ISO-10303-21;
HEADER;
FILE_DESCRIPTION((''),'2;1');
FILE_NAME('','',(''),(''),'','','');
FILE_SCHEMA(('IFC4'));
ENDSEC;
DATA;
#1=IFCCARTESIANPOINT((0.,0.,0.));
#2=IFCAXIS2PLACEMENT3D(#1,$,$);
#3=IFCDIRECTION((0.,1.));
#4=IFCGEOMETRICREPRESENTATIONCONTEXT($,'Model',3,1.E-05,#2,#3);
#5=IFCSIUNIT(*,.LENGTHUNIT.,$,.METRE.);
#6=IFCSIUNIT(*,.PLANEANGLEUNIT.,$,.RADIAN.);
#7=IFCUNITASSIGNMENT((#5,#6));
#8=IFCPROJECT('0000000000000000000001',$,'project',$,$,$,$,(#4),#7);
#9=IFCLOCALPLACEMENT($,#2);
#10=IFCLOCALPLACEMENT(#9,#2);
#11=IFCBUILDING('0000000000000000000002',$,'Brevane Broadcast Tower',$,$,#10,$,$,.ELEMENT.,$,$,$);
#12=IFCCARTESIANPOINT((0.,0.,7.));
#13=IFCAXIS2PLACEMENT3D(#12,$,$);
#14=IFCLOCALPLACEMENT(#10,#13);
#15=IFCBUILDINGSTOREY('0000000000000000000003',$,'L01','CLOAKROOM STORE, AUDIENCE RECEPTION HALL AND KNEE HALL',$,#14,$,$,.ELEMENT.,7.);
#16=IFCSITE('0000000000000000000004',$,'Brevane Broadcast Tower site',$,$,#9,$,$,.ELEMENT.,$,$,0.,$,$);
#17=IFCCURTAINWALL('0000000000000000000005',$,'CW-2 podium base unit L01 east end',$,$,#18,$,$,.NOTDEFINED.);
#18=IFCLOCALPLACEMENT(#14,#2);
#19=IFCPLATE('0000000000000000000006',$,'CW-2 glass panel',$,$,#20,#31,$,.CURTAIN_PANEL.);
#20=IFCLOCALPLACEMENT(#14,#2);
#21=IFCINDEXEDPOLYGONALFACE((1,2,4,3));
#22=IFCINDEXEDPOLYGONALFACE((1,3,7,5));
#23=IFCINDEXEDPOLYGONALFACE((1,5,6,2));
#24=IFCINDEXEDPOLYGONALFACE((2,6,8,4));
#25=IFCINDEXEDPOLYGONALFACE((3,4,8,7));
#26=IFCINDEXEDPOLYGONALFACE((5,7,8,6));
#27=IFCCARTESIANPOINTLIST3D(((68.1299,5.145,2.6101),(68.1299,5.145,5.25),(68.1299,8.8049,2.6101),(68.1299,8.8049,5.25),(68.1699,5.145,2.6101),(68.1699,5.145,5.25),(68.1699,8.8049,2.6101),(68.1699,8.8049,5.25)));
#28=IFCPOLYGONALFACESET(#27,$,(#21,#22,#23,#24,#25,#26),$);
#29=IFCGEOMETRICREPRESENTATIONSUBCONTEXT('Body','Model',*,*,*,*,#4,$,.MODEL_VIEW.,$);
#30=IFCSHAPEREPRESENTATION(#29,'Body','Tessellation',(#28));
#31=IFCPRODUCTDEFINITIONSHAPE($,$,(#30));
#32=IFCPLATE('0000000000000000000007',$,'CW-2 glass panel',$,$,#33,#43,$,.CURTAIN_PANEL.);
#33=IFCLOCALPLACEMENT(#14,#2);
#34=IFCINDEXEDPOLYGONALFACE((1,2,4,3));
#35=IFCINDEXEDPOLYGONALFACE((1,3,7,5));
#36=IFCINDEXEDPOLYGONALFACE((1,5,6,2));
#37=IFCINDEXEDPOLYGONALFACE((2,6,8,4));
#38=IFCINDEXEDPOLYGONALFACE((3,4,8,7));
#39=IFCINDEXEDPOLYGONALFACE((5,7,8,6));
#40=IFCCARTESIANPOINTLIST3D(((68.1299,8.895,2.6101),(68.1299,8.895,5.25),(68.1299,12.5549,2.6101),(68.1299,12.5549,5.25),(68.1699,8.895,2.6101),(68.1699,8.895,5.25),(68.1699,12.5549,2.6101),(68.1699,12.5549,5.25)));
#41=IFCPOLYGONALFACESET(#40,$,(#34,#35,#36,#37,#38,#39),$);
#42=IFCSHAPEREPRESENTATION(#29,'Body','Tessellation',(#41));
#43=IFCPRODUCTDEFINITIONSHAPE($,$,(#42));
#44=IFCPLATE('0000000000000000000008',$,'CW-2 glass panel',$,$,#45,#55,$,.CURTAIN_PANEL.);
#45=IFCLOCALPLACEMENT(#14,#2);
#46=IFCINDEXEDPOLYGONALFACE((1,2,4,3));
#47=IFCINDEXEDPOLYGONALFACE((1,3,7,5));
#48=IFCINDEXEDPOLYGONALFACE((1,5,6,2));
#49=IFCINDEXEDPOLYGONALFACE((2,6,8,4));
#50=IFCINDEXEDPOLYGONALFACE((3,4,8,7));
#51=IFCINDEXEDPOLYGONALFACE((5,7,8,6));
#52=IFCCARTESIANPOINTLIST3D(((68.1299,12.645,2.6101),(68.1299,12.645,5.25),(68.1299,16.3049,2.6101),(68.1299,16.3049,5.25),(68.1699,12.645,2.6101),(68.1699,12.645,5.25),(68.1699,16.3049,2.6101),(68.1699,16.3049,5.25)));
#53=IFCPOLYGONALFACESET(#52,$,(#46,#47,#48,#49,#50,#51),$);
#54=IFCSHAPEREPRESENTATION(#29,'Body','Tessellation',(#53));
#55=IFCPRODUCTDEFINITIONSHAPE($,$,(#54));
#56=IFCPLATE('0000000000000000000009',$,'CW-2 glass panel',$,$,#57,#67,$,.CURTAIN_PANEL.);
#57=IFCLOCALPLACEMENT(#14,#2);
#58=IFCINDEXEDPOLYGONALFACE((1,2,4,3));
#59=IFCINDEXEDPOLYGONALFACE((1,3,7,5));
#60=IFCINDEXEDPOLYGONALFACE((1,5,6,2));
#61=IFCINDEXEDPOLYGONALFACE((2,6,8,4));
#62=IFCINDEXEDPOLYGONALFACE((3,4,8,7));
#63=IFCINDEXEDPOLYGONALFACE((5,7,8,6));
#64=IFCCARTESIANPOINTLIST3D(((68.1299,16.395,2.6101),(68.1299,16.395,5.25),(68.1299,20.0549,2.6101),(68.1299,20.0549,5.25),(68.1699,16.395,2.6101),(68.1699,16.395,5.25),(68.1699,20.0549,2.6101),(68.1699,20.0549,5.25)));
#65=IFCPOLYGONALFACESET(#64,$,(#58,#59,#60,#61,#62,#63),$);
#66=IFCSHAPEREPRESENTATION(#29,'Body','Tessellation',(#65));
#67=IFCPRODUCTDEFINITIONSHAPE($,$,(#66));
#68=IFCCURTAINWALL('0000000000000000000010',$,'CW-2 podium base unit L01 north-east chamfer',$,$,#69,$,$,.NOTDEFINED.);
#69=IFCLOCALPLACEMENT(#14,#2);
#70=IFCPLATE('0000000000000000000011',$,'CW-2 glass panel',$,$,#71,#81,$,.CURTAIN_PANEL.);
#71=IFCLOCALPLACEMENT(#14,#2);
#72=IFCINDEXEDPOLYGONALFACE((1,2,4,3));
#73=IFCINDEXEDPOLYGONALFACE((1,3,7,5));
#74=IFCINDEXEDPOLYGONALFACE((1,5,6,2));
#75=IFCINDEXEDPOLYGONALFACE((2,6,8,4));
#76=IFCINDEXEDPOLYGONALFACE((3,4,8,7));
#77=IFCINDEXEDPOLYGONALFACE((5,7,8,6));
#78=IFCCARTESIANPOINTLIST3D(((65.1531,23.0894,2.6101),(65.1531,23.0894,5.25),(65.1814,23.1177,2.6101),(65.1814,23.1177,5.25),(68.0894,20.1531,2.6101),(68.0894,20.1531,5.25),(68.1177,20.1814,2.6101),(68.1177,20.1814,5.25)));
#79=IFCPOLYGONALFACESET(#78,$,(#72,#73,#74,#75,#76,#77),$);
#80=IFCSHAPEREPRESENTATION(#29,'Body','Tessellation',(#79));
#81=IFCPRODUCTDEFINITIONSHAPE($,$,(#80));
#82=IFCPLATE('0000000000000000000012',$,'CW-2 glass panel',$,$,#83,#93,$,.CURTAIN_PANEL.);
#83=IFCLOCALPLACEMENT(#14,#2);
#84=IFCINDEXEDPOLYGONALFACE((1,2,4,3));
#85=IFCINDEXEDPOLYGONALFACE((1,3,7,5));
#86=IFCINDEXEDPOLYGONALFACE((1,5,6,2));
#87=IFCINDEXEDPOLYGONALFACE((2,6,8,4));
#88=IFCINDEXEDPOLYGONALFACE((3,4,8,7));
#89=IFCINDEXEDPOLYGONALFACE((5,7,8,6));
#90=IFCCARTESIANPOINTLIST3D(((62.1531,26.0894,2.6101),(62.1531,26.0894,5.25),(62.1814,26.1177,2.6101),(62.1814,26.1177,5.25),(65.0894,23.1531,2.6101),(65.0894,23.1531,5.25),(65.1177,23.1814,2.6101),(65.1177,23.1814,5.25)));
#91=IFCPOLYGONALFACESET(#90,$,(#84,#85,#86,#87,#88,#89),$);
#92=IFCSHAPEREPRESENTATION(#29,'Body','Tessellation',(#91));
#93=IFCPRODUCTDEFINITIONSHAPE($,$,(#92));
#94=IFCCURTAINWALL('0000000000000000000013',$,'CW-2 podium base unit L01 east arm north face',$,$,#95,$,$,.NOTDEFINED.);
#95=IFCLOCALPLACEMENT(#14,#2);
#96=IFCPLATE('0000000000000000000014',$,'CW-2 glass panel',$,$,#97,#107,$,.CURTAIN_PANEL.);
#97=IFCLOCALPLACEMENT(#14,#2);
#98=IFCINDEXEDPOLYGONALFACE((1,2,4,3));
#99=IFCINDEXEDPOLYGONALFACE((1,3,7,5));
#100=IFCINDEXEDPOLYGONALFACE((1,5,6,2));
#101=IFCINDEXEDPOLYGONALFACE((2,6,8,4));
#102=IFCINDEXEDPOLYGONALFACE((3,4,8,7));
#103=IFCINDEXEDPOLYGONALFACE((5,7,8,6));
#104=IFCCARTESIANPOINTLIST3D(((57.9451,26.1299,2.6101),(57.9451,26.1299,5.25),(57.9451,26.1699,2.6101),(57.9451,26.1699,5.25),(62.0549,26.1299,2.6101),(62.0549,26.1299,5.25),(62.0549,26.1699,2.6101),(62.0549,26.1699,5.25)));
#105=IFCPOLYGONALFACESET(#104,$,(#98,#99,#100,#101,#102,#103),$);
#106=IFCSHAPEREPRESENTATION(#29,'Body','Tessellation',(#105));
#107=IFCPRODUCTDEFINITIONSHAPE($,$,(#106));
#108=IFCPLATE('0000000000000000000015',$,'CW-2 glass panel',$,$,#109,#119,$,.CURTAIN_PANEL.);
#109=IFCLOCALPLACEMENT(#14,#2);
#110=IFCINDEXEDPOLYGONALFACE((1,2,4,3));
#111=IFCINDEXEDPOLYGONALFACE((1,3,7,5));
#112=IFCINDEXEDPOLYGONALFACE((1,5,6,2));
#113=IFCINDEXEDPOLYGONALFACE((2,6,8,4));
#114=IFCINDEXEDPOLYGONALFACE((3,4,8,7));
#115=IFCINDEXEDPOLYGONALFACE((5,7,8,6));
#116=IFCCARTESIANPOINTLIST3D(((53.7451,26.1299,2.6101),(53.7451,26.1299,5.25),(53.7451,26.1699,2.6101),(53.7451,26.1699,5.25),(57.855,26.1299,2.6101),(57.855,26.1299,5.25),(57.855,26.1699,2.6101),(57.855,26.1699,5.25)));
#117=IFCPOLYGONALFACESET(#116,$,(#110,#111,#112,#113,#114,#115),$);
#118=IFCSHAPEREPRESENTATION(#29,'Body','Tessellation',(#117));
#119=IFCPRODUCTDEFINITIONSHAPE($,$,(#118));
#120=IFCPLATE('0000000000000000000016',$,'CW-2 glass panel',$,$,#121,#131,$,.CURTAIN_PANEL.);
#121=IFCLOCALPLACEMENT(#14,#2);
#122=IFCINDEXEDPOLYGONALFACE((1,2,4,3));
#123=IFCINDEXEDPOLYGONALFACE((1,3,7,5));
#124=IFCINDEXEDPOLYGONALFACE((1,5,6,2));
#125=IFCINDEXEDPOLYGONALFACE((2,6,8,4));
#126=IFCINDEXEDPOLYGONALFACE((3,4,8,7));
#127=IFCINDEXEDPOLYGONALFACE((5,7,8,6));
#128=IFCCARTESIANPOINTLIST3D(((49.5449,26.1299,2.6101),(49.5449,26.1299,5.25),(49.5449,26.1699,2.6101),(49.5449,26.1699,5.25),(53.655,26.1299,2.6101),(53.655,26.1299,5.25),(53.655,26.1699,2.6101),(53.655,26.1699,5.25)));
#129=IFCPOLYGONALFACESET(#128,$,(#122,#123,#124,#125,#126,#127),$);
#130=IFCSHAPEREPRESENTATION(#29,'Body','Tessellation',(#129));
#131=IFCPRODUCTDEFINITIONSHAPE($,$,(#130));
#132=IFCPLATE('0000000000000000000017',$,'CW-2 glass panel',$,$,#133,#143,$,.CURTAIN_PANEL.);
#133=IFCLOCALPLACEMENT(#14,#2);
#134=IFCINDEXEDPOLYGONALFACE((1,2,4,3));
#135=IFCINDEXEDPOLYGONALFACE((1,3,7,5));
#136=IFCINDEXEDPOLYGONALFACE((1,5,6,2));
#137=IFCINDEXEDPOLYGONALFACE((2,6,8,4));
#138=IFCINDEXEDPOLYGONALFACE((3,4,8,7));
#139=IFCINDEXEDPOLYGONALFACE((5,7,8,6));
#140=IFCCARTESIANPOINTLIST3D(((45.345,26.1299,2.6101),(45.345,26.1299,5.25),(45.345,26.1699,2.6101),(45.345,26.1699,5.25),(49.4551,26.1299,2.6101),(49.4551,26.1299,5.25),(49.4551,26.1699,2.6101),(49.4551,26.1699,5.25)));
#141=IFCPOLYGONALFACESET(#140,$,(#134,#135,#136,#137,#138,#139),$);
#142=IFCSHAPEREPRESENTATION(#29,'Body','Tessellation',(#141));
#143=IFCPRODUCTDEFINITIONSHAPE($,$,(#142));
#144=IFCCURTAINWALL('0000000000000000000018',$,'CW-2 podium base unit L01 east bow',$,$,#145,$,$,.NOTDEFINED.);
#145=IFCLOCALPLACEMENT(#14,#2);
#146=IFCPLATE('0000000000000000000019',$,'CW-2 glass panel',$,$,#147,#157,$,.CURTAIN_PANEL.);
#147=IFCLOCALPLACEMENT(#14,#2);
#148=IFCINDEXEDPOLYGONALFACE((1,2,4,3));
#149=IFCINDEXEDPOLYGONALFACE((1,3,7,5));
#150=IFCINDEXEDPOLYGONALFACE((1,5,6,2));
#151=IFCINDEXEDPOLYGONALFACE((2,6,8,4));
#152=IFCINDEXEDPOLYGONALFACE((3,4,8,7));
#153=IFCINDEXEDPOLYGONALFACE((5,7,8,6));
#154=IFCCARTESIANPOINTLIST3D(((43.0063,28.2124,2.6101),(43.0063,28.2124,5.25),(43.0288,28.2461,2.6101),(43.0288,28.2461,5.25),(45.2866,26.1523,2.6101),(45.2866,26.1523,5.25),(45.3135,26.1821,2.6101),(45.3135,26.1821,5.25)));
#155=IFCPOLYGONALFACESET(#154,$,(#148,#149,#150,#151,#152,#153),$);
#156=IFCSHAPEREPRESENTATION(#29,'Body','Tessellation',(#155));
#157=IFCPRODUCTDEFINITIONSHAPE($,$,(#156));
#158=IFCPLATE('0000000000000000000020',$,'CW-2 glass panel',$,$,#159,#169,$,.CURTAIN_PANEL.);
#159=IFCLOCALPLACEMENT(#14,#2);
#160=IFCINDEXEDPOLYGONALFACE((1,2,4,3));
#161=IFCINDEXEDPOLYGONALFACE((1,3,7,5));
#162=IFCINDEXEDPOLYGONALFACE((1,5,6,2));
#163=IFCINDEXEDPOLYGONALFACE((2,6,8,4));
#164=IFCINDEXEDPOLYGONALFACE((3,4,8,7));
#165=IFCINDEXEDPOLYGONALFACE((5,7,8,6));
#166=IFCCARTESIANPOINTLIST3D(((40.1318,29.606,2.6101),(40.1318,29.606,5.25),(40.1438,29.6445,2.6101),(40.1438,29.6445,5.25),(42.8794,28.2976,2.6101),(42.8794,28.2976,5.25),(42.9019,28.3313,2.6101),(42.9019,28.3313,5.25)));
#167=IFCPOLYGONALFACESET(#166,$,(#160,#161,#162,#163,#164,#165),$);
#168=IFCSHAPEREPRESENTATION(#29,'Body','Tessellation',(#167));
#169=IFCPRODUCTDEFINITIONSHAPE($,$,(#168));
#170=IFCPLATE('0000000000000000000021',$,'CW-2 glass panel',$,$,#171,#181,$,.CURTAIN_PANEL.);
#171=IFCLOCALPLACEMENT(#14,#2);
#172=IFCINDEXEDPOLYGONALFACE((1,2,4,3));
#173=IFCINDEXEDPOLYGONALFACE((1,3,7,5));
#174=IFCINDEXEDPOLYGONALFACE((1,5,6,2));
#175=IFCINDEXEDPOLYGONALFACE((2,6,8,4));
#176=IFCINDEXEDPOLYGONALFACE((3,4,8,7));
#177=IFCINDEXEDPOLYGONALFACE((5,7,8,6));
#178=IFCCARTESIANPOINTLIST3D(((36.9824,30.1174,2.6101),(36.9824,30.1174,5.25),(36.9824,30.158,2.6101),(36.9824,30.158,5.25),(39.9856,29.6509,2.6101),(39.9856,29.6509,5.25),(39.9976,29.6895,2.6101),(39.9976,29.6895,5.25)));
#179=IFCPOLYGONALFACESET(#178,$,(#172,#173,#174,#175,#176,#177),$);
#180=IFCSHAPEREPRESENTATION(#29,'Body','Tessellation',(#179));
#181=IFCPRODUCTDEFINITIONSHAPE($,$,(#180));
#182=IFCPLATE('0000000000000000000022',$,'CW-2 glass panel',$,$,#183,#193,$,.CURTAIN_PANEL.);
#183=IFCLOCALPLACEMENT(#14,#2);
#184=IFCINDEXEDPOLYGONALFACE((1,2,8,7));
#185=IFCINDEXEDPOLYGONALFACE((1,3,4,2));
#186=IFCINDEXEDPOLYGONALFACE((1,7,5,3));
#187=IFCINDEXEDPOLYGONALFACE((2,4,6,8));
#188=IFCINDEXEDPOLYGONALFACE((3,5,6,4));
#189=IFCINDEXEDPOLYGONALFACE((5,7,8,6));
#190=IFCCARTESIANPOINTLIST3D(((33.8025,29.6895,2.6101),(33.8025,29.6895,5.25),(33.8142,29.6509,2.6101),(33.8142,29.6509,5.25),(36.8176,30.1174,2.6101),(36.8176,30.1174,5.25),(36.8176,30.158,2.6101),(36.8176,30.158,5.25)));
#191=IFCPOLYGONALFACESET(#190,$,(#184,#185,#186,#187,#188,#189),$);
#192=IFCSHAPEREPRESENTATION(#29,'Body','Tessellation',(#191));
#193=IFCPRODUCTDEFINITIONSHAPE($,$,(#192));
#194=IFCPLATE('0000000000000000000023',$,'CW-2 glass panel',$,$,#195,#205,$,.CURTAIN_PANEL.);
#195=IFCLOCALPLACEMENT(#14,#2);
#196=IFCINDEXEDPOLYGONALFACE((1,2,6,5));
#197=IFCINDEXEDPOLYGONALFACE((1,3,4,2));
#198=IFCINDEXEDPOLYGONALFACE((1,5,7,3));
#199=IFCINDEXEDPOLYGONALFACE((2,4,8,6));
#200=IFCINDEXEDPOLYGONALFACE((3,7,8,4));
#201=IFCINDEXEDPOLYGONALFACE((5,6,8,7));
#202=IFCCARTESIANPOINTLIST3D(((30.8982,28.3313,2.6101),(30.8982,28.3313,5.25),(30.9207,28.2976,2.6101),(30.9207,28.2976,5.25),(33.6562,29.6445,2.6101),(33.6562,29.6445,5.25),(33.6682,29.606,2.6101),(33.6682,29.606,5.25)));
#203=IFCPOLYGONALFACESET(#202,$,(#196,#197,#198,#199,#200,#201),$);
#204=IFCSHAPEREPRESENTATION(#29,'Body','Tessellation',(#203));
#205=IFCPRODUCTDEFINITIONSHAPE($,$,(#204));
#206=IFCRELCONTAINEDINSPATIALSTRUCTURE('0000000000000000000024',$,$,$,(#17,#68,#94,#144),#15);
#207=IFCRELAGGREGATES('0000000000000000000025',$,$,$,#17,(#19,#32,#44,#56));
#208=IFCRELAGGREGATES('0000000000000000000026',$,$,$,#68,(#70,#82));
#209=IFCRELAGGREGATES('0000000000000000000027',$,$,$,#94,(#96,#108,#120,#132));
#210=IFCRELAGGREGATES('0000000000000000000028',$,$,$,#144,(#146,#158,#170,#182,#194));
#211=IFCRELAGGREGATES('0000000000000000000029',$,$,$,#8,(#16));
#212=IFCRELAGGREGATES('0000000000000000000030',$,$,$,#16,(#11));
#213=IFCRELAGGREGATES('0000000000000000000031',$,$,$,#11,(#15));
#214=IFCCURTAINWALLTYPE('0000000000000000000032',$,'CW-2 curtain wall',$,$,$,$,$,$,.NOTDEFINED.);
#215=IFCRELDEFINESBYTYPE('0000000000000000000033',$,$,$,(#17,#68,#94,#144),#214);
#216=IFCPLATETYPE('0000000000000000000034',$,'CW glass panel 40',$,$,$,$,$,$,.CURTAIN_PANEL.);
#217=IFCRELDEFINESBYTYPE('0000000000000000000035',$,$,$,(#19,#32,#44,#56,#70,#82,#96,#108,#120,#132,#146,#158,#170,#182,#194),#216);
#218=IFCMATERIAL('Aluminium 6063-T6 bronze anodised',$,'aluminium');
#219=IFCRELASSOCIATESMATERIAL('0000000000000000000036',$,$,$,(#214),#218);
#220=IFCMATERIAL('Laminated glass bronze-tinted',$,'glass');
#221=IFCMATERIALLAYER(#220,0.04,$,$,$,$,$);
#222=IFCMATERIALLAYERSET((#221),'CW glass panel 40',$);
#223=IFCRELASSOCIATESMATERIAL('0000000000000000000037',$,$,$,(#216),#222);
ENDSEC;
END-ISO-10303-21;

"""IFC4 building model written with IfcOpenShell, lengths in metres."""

from ifc_helpers import new_model, si_unit, direction, frame, origin, place, context, subcontext, project, spatial, polyline, outline, extrude, material, layer, layer_set, type_object, element, aggregate, save


model = new_model("IFC4")

# Units and contexts
model_context = context("Model", 3, precision=1e-05, world=origin(), true_north=direction((0.0, 1.0)))
body_context = subcontext(model_context, "Body", "Model", "MODEL_VIEW")
ifc_project = project(units=[si_unit("LENGTHUNIT", "METRE"), si_unit("PLANEANGLEUNIT", "RADIAN")], contexts=[model_context])

# Site, building, storey
site_placement = place(None, origin())
site = spatial("IfcSite", under=ifc_project, at=site_placement, Name="Brevane Broadcast Tower site", CompositionType="ELEMENT", RefElevation=0.0)
building_placement = place(site_placement, origin())
building = spatial("IfcBuilding", under=site, at=building_placement, Name="Brevane Broadcast Tower", CompositionType="ELEMENT")
storey_placement = place(building_placement, frame((0.0, 0.0, 7.0)))
storey = spatial("IfcBuildingStorey", under=building, at=storey_placement, Name="L01", Description="CLOAKROOM STORE, AUDIENCE RECEPTION HALL AND KNEE HALL", CompositionType="ELEMENT", Elevation=7.0)

# Curtain walls, plates
ifc_material_1 = material(Name="Aluminium 6063-T6 bronze anodised", Category="aluminium")
curtain_wall_type = type_object("IfcCurtainWallType", Name="CW-2 curtain wall", PredefinedType="NOTDEFINED", material=ifc_material_1)
ifc_material_2 = material(Name="Laminated glass bronze-tinted", Category="glass")
ifc_layer = layer(ifc_material_2, 0.04)
ifc_layer_set = layer_set([ifc_layer], Name="CW glass panel 40")
plate_type = type_object("IfcPlateType", Name="CW glass panel 40", PredefinedType="CURTAIN_PANEL", material=ifc_layer_set)
curtain_wall_1_placement = place(storey_placement, origin())
curtain_wall_1 = element("IfcCurtainWall", 1, at=curtain_wall_1_placement, inside=storey, type_object=curtain_wall_type, Name="CW-2 podium base unit L01 east end", PredefinedType="NOTDEFINED")
plate_1_placement = place(storey_placement, frame((0.0, 0.0, 2.6101)))
plate_1 = element("IfcPlate", 2, at=plate_1_placement, type_object=plate_type, Name="CW-2 glass panel", PredefinedType="CURTAIN_PANEL", context=body_context, shape_type="SweptSolid", body=[
    extrude(outline(polyline([(68.1699, 8.8049), (68.1299, 8.8049), (68.1299, 5.145), (68.1699, 5.145), (68.1699, 8.8049)])), origin(), (0.0, 0.0, 1.0), 2.6399),
])
plate_2_placement = place(storey_placement, frame((0.0, 0.0, 2.6101)))
plate_2 = element("IfcPlate", 3, at=plate_2_placement, type_object=plate_type, Name="CW-2 glass panel", PredefinedType="CURTAIN_PANEL", context=body_context, shape_type="SweptSolid", body=[
    extrude(outline(polyline([(68.1699, 12.5549), (68.1299, 12.5549), (68.1299, 8.895), (68.1699, 8.895), (68.1699, 12.5549)])), origin(), (0.0, 0.0, 1.0), 2.6399),
])
plate_3_placement = place(storey_placement, frame((0.0, 0.0, 2.6101)))
plate_3 = element("IfcPlate", 4, at=plate_3_placement, type_object=plate_type, Name="CW-2 glass panel", PredefinedType="CURTAIN_PANEL", context=body_context, shape_type="SweptSolid", body=[
    extrude(outline(polyline([(68.1699, 16.3049), (68.1299, 16.3049), (68.1299, 12.645), (68.1699, 12.645), (68.1699, 16.3049)])), origin(), (0.0, 0.0, 1.0), 2.6399),
])
plate_4_placement = place(storey_placement, frame((0.0, 0.0, 2.6101)))
plate_4 = element("IfcPlate", 5, at=plate_4_placement, type_object=plate_type, Name="CW-2 glass panel", PredefinedType="CURTAIN_PANEL", context=body_context, shape_type="SweptSolid", body=[
    extrude(outline(polyline([(68.1699, 20.0549), (68.1299, 20.0549), (68.1299, 16.395), (68.1699, 16.395), (68.1699, 20.0549)])), origin(), (0.0, 0.0, 1.0), 2.6399),
])
aggregate(curtain_wall_1, [plate_1, plate_2, plate_3, plate_4])
curtain_wall_2_placement = place(storey_placement, origin())
curtain_wall_2 = element("IfcCurtainWall", 6, at=curtain_wall_2_placement, inside=storey, type_object=curtain_wall_type, Name="CW-2 podium base unit L01 north-east chamfer", PredefinedType="NOTDEFINED")
plate_5_placement = place(storey_placement, frame((0.0, 0.0, 2.6101)))
plate_5 = element("IfcPlate", 7, at=plate_5_placement, type_object=plate_type, Name="CW-2 glass panel", PredefinedType="CURTAIN_PANEL", context=body_context, shape_type="SweptSolid", body=[
    extrude(outline(polyline([(68.0894, 20.1531), (65.1531, 23.0894), (65.1814, 23.1177), (68.1177, 20.1814), (68.0894, 20.1531)])), origin(), (0.0, 0.0, 1.0), 2.6399),
])
plate_6_placement = place(storey_placement, frame((0.0, 0.0, 2.6101)))
plate_6 = element("IfcPlate", 8, at=plate_6_placement, type_object=plate_type, Name="CW-2 glass panel", PredefinedType="CURTAIN_PANEL", context=body_context, shape_type="SweptSolid", body=[
    extrude(outline(polyline([(65.0894, 23.1531), (62.1531, 26.0894), (62.1814, 26.1177), (65.1177, 23.1814), (65.0894, 23.1531)])), origin(), (0.0, 0.0, 1.0), 2.6399),
])
aggregate(curtain_wall_2, [plate_5, plate_6])
curtain_wall_3_placement = place(storey_placement, origin())
curtain_wall_3 = element("IfcCurtainWall", 9, at=curtain_wall_3_placement, inside=storey, type_object=curtain_wall_type, Name="CW-2 podium base unit L01 east arm north face", PredefinedType="NOTDEFINED")
plate_7_placement = place(storey_placement, frame((0.0, 0.0, 2.6101)))
plate_7 = element("IfcPlate", 10, at=plate_7_placement, type_object=plate_type, Name="CW-2 glass panel", PredefinedType="CURTAIN_PANEL", context=body_context, shape_type="SweptSolid", body=[
    extrude(outline(polyline([(57.9451, 26.1699), (57.9451, 26.1299), (62.0549, 26.1299), (62.0549, 26.1699), (57.9451, 26.1699)])), origin(), (0.0, 0.0, 1.0), 2.6399),
])
plate_8_placement = place(storey_placement, frame((0.0, 0.0, 2.6101)))
plate_8 = element("IfcPlate", 11, at=plate_8_placement, type_object=plate_type, Name="CW-2 glass panel", PredefinedType="CURTAIN_PANEL", context=body_context, shape_type="SweptSolid", body=[
    extrude(outline(polyline([(53.7451, 26.1699), (53.7451, 26.1299), (57.855, 26.1299), (57.855, 26.1699), (53.7451, 26.1699)])), origin(), (0.0, 0.0, 1.0), 2.6399),
])
plate_9_placement = place(storey_placement, frame((0.0, 0.0, 2.6101)))
plate_9 = element("IfcPlate", 12, at=plate_9_placement, type_object=plate_type, Name="CW-2 glass panel", PredefinedType="CURTAIN_PANEL", context=body_context, shape_type="SweptSolid", body=[
    extrude(outline(polyline([(49.5449, 26.1699), (49.5449, 26.1299), (53.655, 26.1299), (53.655, 26.1699), (49.5449, 26.1699)])), origin(), (0.0, 0.0, 1.0), 2.6399),
])
plate_10_placement = place(storey_placement, frame((0.0, 0.0, 2.6101)))
plate_10 = element("IfcPlate", 13, at=plate_10_placement, type_object=plate_type, Name="CW-2 glass panel", PredefinedType="CURTAIN_PANEL", context=body_context, shape_type="SweptSolid", body=[
    extrude(outline(polyline([(45.345, 26.1699), (45.345, 26.1299), (49.4551, 26.1299), (49.4551, 26.1699), (45.345, 26.1699)])), origin(), (0.0, 0.0, 1.0), 2.6399),
])
aggregate(curtain_wall_3, [plate_7, plate_8, plate_9, plate_10])
curtain_wall_4_placement = place(storey_placement, origin())
curtain_wall_4 = element("IfcCurtainWall", 14, at=curtain_wall_4_placement, inside=storey, type_object=curtain_wall_type, Name="CW-2 podium base unit L01 east bow", PredefinedType="NOTDEFINED")
plate_11_placement = place(storey_placement, frame((0.0, 0.0, 2.6101)))
plate_11 = element("IfcPlate", 15, at=plate_11_placement, type_object=plate_type, Name="CW-2 glass panel", PredefinedType="CURTAIN_PANEL", context=body_context, shape_type="SweptSolid", body=[
    extrude(outline(polyline([(45.2866, 26.1523), (45.3135, 26.1821), (43.0288, 28.2461), (43.0063, 28.2124), (45.2866, 26.1523)])), origin(), (0.0, 0.0, 1.0), 2.6399),
])
plate_12_placement = place(storey_placement, frame((0.0, 0.0, 2.6101)))
plate_12 = element("IfcPlate", 16, at=plate_12_placement, type_object=plate_type, Name="CW-2 glass panel", PredefinedType="CURTAIN_PANEL", context=body_context, shape_type="SweptSolid", body=[
    extrude(outline(polyline([(42.8794, 28.2976), (42.9019, 28.3313), (40.1438, 29.6445), (40.1318, 29.606), (42.8794, 28.2976)])), origin(), (0.0, 0.0, 1.0), 2.6399),
])
plate_13_placement = place(storey_placement, frame((0.0, 0.0, 2.6101)))
plate_13 = element("IfcPlate", 17, at=plate_13_placement, type_object=plate_type, Name="CW-2 glass panel", PredefinedType="CURTAIN_PANEL", context=body_context, shape_type="SweptSolid", body=[
    extrude(outline(polyline([(39.9856, 29.6509), (39.9976, 29.6895), (36.9824, 30.158), (36.9824, 30.1174), (39.9856, 29.6509)])), origin(), (0.0, 0.0, 1.0), 2.6399),
])
plate_14_placement = place(storey_placement, frame((0.0, 0.0, 2.6101)))
plate_14 = element("IfcPlate", 18, at=plate_14_placement, type_object=plate_type, Name="CW-2 glass panel", PredefinedType="CURTAIN_PANEL", context=body_context, shape_type="SweptSolid", body=[
    extrude(outline(polyline([(36.8176, 30.1174), (36.8176, 30.158), (33.8025, 29.6895), (33.8142, 29.6509), (36.8176, 30.1174)])), origin(), (0.0, 0.0, 1.0), 2.6399),
])
plate_15_placement = place(storey_placement, frame((0.0, 0.0, 2.6101)))
plate_15 = element("IfcPlate", 19, at=plate_15_placement, type_object=plate_type, Name="CW-2 glass panel", PredefinedType="CURTAIN_PANEL", context=body_context, shape_type="SweptSolid", body=[
    extrude(outline(polyline([(33.6682, 29.606), (33.6562, 29.6445), (30.8982, 28.3313), (30.9207, 28.2976), (33.6682, 29.606)])), origin(), (0.0, 0.0, 1.0), 2.6399),
])
aggregate(curtain_wall_4, [plate_11, plate_12, plate_13, plate_14, plate_15])

save(model, "model.ifc")
